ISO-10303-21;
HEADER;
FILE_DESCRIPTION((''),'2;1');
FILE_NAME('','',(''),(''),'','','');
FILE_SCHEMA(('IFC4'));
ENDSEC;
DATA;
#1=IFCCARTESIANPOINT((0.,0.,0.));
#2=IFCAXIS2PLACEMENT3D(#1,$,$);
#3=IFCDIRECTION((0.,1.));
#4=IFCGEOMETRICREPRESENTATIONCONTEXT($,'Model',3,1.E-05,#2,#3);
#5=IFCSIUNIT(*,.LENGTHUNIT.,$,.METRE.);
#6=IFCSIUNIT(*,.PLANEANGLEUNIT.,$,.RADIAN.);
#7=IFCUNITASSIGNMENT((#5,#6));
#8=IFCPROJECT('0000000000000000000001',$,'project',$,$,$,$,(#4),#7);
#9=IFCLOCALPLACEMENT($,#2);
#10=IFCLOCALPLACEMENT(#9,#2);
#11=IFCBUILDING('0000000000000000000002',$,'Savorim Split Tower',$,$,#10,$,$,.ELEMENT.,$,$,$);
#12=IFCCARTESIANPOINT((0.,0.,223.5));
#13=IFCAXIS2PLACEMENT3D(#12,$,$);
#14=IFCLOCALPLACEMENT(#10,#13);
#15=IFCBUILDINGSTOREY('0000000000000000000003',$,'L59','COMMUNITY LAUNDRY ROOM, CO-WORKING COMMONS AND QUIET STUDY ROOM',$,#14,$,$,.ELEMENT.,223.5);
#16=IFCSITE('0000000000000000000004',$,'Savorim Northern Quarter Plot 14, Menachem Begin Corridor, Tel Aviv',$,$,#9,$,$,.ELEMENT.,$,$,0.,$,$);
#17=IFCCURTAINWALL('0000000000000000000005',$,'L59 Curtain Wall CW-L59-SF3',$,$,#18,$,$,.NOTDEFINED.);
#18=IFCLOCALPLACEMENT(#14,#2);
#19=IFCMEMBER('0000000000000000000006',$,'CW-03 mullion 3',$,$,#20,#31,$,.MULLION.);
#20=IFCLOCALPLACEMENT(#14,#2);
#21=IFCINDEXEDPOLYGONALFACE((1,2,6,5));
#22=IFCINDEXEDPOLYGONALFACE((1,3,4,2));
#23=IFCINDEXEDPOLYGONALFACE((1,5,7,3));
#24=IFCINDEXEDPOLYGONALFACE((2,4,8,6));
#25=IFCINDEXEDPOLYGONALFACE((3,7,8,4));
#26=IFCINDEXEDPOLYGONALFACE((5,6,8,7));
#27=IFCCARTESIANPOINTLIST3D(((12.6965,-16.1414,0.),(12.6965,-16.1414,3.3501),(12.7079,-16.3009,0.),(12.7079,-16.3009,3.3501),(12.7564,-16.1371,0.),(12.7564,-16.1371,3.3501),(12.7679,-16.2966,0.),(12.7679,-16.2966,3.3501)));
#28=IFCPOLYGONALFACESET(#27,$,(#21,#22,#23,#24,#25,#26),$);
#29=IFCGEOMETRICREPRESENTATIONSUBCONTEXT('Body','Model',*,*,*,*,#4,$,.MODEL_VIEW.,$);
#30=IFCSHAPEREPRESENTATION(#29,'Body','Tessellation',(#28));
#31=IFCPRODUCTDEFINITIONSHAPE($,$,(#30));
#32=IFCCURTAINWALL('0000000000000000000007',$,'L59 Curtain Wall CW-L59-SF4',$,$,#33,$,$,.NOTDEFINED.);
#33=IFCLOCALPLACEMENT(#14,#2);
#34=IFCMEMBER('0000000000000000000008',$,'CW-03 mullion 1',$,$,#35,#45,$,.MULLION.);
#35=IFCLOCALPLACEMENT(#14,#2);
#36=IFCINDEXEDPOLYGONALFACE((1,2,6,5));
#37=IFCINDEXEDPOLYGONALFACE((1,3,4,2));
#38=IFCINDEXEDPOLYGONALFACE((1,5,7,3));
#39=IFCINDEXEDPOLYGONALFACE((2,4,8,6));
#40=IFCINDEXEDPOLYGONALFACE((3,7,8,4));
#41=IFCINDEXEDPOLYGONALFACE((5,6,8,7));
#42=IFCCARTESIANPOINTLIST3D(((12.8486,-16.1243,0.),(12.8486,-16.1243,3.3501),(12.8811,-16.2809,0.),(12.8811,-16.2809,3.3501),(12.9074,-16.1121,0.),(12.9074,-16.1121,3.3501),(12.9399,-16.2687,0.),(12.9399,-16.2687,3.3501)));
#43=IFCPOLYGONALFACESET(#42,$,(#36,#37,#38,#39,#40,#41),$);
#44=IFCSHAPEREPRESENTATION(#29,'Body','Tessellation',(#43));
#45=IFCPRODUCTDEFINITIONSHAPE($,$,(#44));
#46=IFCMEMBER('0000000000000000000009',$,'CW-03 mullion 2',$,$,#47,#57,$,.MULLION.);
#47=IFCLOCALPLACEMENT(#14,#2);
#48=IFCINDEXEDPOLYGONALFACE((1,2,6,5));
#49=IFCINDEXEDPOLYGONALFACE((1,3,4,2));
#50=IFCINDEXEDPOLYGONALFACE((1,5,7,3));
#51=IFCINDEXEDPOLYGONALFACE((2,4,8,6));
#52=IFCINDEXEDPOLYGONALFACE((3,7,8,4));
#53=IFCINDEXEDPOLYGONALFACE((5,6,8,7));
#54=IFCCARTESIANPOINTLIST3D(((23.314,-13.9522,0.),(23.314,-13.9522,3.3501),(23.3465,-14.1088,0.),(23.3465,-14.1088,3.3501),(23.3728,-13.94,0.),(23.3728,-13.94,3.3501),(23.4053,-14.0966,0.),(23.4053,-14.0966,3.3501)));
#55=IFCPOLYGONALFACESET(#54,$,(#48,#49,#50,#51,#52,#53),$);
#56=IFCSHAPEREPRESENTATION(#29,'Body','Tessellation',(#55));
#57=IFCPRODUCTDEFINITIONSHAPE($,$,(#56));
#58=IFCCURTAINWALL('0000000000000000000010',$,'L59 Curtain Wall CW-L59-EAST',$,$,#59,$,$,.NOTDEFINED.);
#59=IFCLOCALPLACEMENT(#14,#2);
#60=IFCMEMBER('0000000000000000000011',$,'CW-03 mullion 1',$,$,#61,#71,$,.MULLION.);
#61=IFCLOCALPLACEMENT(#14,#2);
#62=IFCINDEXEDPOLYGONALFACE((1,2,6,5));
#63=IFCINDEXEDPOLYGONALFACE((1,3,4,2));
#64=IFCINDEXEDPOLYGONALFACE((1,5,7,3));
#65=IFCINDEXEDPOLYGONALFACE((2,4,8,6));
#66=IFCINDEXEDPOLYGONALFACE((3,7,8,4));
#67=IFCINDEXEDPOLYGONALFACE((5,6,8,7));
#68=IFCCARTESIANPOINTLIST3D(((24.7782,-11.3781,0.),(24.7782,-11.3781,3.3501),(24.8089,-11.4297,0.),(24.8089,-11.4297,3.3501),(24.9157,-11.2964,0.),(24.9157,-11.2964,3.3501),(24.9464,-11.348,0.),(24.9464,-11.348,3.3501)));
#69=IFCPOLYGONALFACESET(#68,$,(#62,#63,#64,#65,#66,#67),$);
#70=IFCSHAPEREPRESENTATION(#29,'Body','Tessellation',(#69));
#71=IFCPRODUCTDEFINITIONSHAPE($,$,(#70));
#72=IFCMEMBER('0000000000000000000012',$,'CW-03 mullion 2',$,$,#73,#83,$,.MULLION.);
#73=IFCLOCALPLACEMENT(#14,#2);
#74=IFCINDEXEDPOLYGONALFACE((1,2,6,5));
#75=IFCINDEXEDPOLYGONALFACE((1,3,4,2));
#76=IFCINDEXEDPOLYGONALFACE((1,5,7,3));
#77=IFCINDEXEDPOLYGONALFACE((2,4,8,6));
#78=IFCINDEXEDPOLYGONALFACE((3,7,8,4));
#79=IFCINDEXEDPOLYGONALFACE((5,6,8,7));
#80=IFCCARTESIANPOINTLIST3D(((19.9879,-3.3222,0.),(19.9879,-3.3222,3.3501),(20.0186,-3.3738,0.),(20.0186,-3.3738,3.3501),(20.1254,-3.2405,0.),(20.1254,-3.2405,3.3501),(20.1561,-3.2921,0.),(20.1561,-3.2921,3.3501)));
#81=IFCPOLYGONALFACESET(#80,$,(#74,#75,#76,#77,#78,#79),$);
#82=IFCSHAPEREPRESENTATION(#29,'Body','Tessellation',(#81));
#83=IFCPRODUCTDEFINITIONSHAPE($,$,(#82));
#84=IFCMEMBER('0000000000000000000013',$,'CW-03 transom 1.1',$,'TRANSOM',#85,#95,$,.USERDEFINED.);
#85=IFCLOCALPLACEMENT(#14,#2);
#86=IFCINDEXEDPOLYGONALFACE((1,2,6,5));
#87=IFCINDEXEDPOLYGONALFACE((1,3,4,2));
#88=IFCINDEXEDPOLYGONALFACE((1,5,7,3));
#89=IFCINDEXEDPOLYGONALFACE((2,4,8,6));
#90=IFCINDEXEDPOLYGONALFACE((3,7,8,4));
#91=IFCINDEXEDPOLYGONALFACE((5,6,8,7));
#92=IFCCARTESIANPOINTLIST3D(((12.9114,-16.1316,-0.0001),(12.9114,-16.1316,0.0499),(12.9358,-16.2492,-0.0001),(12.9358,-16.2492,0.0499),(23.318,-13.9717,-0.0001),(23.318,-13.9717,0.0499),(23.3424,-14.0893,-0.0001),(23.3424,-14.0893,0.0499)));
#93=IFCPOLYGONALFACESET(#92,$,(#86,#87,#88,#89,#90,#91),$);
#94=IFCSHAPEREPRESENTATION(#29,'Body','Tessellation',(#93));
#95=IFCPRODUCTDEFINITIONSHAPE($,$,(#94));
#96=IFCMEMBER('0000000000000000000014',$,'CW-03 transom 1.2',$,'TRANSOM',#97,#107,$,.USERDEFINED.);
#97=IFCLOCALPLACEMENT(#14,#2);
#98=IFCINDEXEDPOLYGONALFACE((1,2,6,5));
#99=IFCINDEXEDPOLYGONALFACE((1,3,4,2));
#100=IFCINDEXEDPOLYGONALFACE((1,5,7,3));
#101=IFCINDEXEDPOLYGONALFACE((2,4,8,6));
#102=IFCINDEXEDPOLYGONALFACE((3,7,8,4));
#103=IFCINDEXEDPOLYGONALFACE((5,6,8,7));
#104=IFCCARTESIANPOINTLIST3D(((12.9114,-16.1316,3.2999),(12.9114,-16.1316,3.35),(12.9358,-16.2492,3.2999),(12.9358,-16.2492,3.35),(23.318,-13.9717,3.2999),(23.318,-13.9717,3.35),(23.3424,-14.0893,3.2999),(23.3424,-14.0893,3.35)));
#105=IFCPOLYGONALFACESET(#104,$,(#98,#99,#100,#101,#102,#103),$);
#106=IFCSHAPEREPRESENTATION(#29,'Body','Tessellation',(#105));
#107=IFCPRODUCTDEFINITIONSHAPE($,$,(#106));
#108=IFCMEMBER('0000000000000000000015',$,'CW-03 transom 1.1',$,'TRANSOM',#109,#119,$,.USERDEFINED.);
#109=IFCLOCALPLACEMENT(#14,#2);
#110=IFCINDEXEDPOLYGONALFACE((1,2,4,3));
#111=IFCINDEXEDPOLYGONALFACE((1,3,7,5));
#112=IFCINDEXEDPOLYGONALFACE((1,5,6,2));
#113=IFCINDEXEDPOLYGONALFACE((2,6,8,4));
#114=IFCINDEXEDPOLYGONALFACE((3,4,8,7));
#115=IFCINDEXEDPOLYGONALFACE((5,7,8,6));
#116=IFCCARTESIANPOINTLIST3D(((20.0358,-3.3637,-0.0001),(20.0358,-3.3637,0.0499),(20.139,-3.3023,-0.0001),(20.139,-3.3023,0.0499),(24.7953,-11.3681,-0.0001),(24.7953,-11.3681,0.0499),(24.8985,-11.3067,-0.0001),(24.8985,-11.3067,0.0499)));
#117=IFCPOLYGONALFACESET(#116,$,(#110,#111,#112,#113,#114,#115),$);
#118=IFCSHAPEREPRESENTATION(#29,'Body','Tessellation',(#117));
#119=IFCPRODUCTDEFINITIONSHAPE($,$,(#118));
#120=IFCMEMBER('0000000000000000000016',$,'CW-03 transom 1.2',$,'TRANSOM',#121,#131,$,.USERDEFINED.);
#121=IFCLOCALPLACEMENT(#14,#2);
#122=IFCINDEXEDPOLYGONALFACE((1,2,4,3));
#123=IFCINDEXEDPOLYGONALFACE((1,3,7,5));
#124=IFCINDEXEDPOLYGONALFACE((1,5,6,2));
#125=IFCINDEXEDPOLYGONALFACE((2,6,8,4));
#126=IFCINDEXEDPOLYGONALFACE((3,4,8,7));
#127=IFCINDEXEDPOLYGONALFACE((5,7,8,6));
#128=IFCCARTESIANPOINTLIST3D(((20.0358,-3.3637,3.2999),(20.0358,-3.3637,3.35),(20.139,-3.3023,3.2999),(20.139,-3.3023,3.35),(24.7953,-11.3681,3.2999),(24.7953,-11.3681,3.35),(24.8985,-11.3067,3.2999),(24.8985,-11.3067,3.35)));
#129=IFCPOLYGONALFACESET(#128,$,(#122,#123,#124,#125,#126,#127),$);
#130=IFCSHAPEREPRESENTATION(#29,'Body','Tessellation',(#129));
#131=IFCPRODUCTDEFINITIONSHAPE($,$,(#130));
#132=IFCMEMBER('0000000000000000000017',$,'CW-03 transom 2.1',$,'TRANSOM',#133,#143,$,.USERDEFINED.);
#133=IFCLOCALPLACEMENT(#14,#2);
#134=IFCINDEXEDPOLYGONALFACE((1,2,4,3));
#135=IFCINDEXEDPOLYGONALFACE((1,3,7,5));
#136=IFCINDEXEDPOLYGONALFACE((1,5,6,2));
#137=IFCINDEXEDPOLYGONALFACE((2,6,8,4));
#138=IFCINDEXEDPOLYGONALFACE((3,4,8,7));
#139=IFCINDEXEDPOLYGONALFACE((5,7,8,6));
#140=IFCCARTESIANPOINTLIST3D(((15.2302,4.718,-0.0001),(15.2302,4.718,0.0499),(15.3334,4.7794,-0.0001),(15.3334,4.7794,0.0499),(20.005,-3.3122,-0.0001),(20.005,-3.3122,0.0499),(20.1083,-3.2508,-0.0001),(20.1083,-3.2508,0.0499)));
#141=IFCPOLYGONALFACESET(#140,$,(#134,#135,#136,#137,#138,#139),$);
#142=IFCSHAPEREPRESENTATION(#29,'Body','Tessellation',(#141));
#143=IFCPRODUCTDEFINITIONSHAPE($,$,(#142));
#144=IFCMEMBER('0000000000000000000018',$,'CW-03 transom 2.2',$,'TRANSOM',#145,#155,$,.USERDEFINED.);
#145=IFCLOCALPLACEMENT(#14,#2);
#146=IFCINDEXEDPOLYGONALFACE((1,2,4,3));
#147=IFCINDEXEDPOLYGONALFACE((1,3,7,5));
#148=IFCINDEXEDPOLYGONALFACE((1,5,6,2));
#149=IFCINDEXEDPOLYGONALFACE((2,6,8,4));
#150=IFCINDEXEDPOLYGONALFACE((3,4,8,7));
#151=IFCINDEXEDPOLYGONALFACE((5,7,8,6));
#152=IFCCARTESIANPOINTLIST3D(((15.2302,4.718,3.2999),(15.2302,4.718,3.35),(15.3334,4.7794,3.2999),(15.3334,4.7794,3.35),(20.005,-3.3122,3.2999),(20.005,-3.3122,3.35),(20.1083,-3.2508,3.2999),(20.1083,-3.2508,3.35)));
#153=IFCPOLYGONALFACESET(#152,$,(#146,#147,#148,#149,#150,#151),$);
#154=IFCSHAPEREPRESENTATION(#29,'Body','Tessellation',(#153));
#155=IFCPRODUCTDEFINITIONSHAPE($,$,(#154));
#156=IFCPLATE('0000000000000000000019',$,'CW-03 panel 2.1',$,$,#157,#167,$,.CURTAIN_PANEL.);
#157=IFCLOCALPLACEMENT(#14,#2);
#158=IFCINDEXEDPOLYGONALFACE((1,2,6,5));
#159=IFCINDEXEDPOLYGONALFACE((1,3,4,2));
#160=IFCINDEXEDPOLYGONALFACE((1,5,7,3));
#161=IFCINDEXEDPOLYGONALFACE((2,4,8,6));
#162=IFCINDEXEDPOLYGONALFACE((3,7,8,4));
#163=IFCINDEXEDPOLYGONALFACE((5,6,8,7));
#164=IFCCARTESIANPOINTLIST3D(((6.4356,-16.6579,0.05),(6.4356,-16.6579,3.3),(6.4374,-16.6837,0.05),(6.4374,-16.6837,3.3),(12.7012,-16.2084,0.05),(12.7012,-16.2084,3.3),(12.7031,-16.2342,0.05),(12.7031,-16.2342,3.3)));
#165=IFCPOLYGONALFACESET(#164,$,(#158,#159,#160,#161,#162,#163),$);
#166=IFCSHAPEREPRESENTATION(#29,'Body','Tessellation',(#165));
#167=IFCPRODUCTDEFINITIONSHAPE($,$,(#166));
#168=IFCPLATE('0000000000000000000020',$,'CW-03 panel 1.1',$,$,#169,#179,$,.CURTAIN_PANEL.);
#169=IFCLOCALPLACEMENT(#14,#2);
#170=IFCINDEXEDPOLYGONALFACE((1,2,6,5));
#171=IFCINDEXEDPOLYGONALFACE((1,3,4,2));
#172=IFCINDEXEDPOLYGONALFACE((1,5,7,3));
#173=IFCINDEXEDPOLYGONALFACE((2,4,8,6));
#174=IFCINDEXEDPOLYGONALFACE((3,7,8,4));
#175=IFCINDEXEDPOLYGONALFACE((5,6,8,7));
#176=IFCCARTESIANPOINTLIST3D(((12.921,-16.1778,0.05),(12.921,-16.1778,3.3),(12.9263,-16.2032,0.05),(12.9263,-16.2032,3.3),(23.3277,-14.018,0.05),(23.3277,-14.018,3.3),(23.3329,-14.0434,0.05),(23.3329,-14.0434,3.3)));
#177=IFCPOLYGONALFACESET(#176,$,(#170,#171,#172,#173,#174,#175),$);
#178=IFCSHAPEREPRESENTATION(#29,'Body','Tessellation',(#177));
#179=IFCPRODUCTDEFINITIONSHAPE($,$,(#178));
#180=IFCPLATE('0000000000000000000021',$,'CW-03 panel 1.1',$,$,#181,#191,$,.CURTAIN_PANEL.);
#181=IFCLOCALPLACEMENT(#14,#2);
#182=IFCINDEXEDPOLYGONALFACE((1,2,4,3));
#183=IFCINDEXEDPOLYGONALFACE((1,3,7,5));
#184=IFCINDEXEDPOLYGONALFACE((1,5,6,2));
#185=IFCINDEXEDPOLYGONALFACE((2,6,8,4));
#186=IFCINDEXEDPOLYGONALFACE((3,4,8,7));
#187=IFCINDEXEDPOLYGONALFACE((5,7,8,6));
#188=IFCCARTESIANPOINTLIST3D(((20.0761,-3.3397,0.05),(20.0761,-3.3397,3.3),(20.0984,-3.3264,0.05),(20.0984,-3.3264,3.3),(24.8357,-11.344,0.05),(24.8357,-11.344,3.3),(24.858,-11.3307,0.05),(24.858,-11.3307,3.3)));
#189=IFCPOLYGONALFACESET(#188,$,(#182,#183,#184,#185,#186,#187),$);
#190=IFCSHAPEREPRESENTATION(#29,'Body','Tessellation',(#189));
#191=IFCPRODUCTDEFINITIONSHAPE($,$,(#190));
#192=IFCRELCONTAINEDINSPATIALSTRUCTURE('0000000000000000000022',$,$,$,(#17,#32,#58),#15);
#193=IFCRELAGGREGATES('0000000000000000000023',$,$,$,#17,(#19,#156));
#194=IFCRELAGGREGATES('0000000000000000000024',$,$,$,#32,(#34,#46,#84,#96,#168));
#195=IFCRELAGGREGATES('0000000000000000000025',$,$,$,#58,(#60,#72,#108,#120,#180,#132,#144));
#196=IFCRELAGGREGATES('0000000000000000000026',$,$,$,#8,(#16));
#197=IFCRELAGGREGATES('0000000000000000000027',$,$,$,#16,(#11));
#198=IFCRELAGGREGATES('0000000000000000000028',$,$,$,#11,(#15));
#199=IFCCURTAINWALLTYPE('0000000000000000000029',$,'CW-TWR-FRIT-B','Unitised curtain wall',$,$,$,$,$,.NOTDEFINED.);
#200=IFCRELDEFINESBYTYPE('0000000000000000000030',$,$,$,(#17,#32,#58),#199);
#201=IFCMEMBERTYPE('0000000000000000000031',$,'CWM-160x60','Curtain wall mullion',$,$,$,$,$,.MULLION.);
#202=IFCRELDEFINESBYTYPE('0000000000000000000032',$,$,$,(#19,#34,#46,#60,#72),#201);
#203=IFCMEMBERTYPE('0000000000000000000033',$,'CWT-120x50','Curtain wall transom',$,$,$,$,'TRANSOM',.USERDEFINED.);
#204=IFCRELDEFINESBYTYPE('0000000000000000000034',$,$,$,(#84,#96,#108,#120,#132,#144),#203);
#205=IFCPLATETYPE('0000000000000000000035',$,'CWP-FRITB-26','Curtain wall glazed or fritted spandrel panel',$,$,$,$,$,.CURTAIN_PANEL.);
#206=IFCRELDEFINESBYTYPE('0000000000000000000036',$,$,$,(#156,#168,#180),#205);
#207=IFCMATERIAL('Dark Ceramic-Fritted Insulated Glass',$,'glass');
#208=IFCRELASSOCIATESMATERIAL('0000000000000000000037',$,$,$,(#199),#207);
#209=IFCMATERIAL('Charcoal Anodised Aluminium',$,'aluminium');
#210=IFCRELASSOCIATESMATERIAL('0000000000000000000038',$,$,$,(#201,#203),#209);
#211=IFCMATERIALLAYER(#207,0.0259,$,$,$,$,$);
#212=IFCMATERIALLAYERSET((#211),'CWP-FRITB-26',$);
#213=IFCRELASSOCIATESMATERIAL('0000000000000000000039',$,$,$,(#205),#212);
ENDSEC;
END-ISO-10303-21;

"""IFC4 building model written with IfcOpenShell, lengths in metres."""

from ifc_helpers import new_model, si_unit, direction, frame, origin, origin_2d, place, context, subcontext, project, spatial, rectangle, extrude, material, layer, layer_set, material_profile, profile_set, type_object, element, aggregate, save


model = new_model("IFC4")

# Units and contexts
model_context = context("Model", 3, precision=1e-05, world=origin(), true_north=direction((0.0, 1.0)))
body_context = subcontext(model_context, "Body", "Model", "MODEL_VIEW")
ifc_project = project(units=[si_unit("LENGTHUNIT", "METRE"), si_unit("PLANEANGLEUNIT", "RADIAN")], contexts=[model_context])

# Site, building, storey
site_placement = place(None, origin())
site = spatial("IfcSite", under=ifc_project, at=site_placement, Name="Savorim Northern Quarter Plot 14, Menachem Begin Corridor, Tel Aviv", CompositionType="ELEMENT", RefElevation=0.0)
building_placement = place(site_placement, origin())
building = spatial("IfcBuilding", under=site, at=building_placement, Name="Savorim Split Tower", CompositionType="ELEMENT")
storey_placement = place(building_placement, frame((0.0, 0.0, 223.5)))
storey = spatial("IfcBuildingStorey", under=building, at=storey_placement, Name="L59", Description="COMMUNITY LAUNDRY ROOM, CO-WORKING COMMONS AND QUIET STUDY ROOM", CompositionType="ELEMENT", Elevation=223.5)

# Curtain wall, member
ifc_material_1 = material(Name="Dark Ceramic-Fritted Insulated Glass", Category="glass")
curtain_wall_type = type_object("IfcCurtainWallType", Name="CW-TWR-FRIT-B", Description="Unitised curtain wall", PredefinedType="NOTDEFINED", material=ifc_material_1)
curtain_wall_1_placement = place(storey_placement, origin())
curtain_wall_1 = element("IfcCurtainWall", 1, at=curtain_wall_1_placement, inside=storey, type_object=curtain_wall_type, Name="L59 Curtain Wall CW-L59-SF3", PredefinedType="NOTDEFINED")
ifc_material_2 = material(Name="Charcoal Anodised Aluminium", Category="aluminium")
ifc_material_profile_1 = material_profile(ifc_material_2, rectangle(XDim=0.1599, YDim=0.0601, at=origin_2d()), Name="ALU-M 160x60")
ifc_profile_set_1 = profile_set([ifc_material_profile_1], Name="Charcoal Anodised Aluminium")
member_type_1 = type_object("IfcMemberType", Name="CWM-160x60", Description="Curtain wall mullion", PredefinedType="MULLION", material=ifc_profile_set_1)
member_1_placement = place(storey_placement, frame((12.7322, -16.219, 0.0), z_axis=(0.0, 0.0, 1.0), x_axis=(-0.071558, 0.997436, 0.0)))
member_1 = element("IfcMember", 2, at=member_1_placement, type_object=member_type_1, Name="CW-03 mullion 3", PredefinedType="MULLION", context=body_context, shape_type="SweptSolid", body=[
    extrude(rectangle(XDim=0.1599, YDim=0.0601, at=origin_2d()), origin(), (0.0, 0.0, 1.0), 3.3501),
])

# Curtain walls, members
curtain_wall_2_placement = place(storey_placement, origin())
curtain_wall_2 = element("IfcCurtainWall", 3, at=curtain_wall_2_placement, inside=storey, type_object=curtain_wall_type, Name="L59 Curtain Wall CW-L59-SF4", PredefinedType="NOTDEFINED")
member_2_placement = place(storey_placement, frame((12.8943, -16.1965, 0.0), z_axis=(0.0, 0.0, 1.0), x_axis=(-0.203212, 0.979135, 0.0)))
member_2 = element("IfcMember", 4, at=member_2_placement, type_object=member_type_1, Name="CW-03 mullion 1", PredefinedType="MULLION", context=body_context, shape_type="SweptSolid", body=[
    extrude(rectangle(XDim=0.1599, YDim=0.0601, at=origin_2d()), origin(), (0.0, 0.0, 1.0), 3.3501),
])
member_3_placement = place(storey_placement, frame((23.3596, -14.0244, 0.0), z_axis=(0.0, 0.0, 1.0), x_axis=(-0.203212, 0.979135, 0.0)))
member_3 = element("IfcMember", 5, at=member_3_placement, type_object=member_type_1, Name="CW-03 mullion 2", PredefinedType="MULLION", context=body_context, shape_type="SweptSolid", body=[
    extrude(rectangle(XDim=0.1599, YDim=0.0601, at=origin_2d()), origin(), (0.0, 0.0, 1.0), 3.3501),
])
curtain_wall_3_placement = place(storey_placement, origin())
curtain_wall_3 = element("IfcCurtainWall", 6, at=curtain_wall_3_placement, inside=storey, type_object=curtain_wall_type, Name="L59 Curtain Wall CW-L59-EAST", PredefinedType="NOTDEFINED")
member_4_placement = place(storey_placement, frame((24.8623, -11.363, 0.0), z_axis=(0.0, 0.0, 1.0), x_axis=(-0.859524, -0.511096, 0.0)))
member_4 = element("IfcMember", 7, at=member_4_placement, type_object=member_type_1, Name="CW-03 mullion 1", PredefinedType="MULLION", context=body_context, shape_type="SweptSolid", body=[
    extrude(rectangle(XDim=0.1599, YDim=0.0601, at=origin_2d()), origin(), (0.0, 0.0, 1.0), 3.3501),
])
member_5_placement = place(storey_placement, frame((20.072, -3.3071, 0.0), z_axis=(0.0, 0.0, 1.0), x_axis=(-0.859524, -0.511096, 0.0)))
member_5 = element("IfcMember", 8, at=member_5_placement, type_object=member_type_1, Name="CW-03 mullion 2", PredefinedType="MULLION", context=body_context, shape_type="SweptSolid", body=[
    extrude(rectangle(XDim=0.1599, YDim=0.0601, at=origin_2d()), origin(), (0.0, 0.0, 1.0), 3.3501),
])

# Members
ifc_material_profile_2 = material_profile(ifc_material_2, rectangle(XDim=0.1201, YDim=0.05, at=origin_2d()), Name="ALU-T 120x50")
ifc_profile_set_2 = profile_set([ifc_material_profile_2], Name="Charcoal Anodised Aluminium")
member_type_2 = type_object("IfcMemberType", Name="CWT-120x50", Description="Curtain wall transom", ElementType="TRANSOM", PredefinedType="USERDEFINED", material=ifc_profile_set_2)
member_6_placement = place(storey_placement, frame((12.9236, -16.1904, 0.0249), z_axis=(0.979133, 0.203219, 0.0), x_axis=(-0.203219, 0.979133, 0.0)))
member_6 = element("IfcMember", 9, at=member_6_placement, type_object=member_type_2, Name="CW-03 transom 1.1", ObjectType="TRANSOM", PredefinedType="USERDEFINED", context=body_context, shape_type="SweptSolid", body=[
    extrude(rectangle(XDim=0.1201, YDim=0.05, at=origin_2d()), origin(), (0.0, 0.0, 1.0), 10.6284),
])
member_7_placement = place(storey_placement, frame((12.9236, -16.1904, 3.325), z_axis=(0.979133, 0.203219, 0.0), x_axis=(-0.203219, 0.979133, 0.0)))
member_7 = element("IfcMember", 10, at=member_7_placement, type_object=member_type_2, Name="CW-03 transom 1.2", ObjectType="TRANSOM", PredefinedType="USERDEFINED", context=body_context, shape_type="SweptSolid", body=[
    extrude(rectangle(XDim=0.1201, YDim=0.05, at=origin_2d()), origin(), (0.0, 0.0, 1.0), 10.6284),
])
member_8_placement = place(storey_placement, frame((24.8469, -11.3374, 0.0249), z_axis=(-0.511087, 0.859529, 0.0), x_axis=(-0.859529, -0.511087, 0.0)))
member_8 = element("IfcMember", 11, at=member_8_placement, type_object=member_type_2, Name="CW-03 transom 1.1", ObjectType="TRANSOM", PredefinedType="USERDEFINED", context=body_context, shape_type="SweptSolid", body=[
    extrude(rectangle(XDim=0.1201, YDim=0.05, at=origin_2d()), origin(), (0.0, 0.0, 1.0), 9.3125),
])
member_9_placement = place(storey_placement, frame((24.8469, -11.3374, 3.325), z_axis=(-0.511087, 0.859529, 0.0), x_axis=(-0.859529, -0.511087, 0.0)))
member_9 = element("IfcMember", 12, at=member_9_placement, type_object=member_type_2, Name="CW-03 transom 1.2", ObjectType="TRANSOM", PredefinedType="USERDEFINED", context=body_context, shape_type="SweptSolid", body=[
    extrude(rectangle(XDim=0.1201, YDim=0.05, at=origin_2d()), origin(), (0.0, 0.0, 1.0), 9.3125),
])
member_10_placement = place(storey_placement, frame((20.0566, -3.2815, 0.0249), z_axis=(-0.511087, 0.859529, 0.0), x_axis=(-0.859529, -0.511087, 0.0)))
member_10 = element("IfcMember", 13, at=member_10_placement, type_object=member_type_2, Name="CW-03 transom 2.1", ObjectType="TRANSOM", PredefinedType="USERDEFINED", context=body_context, shape_type="SweptSolid", body=[
    extrude(rectangle(XDim=0.1201, YDim=0.05, at=origin_2d()), origin(), (0.0, 0.0, 1.0), 9.3425),
])
member_11_placement = place(storey_placement, frame((20.0566, -3.2815, 3.325), z_axis=(-0.511087, 0.859529, 0.0), x_axis=(-0.859529, -0.511087, 0.0)))
member_11 = element("IfcMember", 14, at=member_11_placement, type_object=member_type_2, Name="CW-03 transom 2.2", ObjectType="TRANSOM", PredefinedType="USERDEFINED", context=body_context, shape_type="SweptSolid", body=[
    extrude(rectangle(XDim=0.1201, YDim=0.05, at=origin_2d()), origin(), (0.0, 0.0, 1.0), 9.3425),
])

# Plates
ifc_layer_1 = layer(ifc_material_1, 0.0259)
ifc_layer_set_1 = layer_set([ifc_layer_1], Name="CWP-FRITB-26")
plate_type = type_object("IfcPlateType", Name="CWP-FRITB-26", Description="Curtain wall glazed or fritted spandrel panel", PredefinedType="CURTAIN_PANEL", material=ifc_layer_set_1)
plate_1_placement = place(storey_placement, frame((9.5693, -16.446, 0.05), z_axis=(0.0, 0.0, 1.0), x_axis=(0.997436, 0.071558, 0.0)))
plate_1 = element("IfcPlate", 15, at=plate_1_placement, type_object=plate_type, Name="CW-03 panel 2.1", PredefinedType="CURTAIN_PANEL", context=body_context, shape_type="SweptSolid", body=[
    extrude(rectangle(XDim=6.2817, YDim=0.0259, at=origin_2d()), origin(), (0.0, 0.0, 1.0), 3.25),
])
aggregate(curtain_wall_1, [member_1, plate_1])
plate_2_placement = place(storey_placement, frame((18.127, -15.1106, 0.05), z_axis=(0.0, 0.0, 1.0), x_axis=(0.979135, 0.203212, 0.0)))
plate_2 = element("IfcPlate", 16, at=plate_2_placement, type_object=plate_type, Name="CW-03 panel 1.1", PredefinedType="CURTAIN_PANEL", context=body_context, shape_type="SweptSolid", body=[
    extrude(rectangle(XDim=10.6284, YDim=0.0259, at=origin_2d()), origin(), (0.0, 0.0, 1.0), 3.25),
])
aggregate(curtain_wall_2, [member_2, member_3, member_6, member_7, plate_2])
plate_3_placement = place(storey_placement, frame((22.467, -7.3352, 0.05), z_axis=(0.0, 0.0, 1.0), x_axis=(-0.511096, 0.859524, 0.0)))
plate_3 = element("IfcPlate", 17, at=plate_3_placement, type_object=plate_type, Name="CW-03 panel 1.1", PredefinedType="CURTAIN_PANEL", context=body_context, shape_type="SweptSolid", body=[
    extrude(rectangle(XDim=9.3125, YDim=0.0259, at=origin_2d()), origin(), (0.0, 0.0, 1.0), 3.25),
])
aggregate(curtain_wall_3, [member_4, member_5, member_8, member_9, plate_3, member_10, member_11])

save(model, "model.ifc")
